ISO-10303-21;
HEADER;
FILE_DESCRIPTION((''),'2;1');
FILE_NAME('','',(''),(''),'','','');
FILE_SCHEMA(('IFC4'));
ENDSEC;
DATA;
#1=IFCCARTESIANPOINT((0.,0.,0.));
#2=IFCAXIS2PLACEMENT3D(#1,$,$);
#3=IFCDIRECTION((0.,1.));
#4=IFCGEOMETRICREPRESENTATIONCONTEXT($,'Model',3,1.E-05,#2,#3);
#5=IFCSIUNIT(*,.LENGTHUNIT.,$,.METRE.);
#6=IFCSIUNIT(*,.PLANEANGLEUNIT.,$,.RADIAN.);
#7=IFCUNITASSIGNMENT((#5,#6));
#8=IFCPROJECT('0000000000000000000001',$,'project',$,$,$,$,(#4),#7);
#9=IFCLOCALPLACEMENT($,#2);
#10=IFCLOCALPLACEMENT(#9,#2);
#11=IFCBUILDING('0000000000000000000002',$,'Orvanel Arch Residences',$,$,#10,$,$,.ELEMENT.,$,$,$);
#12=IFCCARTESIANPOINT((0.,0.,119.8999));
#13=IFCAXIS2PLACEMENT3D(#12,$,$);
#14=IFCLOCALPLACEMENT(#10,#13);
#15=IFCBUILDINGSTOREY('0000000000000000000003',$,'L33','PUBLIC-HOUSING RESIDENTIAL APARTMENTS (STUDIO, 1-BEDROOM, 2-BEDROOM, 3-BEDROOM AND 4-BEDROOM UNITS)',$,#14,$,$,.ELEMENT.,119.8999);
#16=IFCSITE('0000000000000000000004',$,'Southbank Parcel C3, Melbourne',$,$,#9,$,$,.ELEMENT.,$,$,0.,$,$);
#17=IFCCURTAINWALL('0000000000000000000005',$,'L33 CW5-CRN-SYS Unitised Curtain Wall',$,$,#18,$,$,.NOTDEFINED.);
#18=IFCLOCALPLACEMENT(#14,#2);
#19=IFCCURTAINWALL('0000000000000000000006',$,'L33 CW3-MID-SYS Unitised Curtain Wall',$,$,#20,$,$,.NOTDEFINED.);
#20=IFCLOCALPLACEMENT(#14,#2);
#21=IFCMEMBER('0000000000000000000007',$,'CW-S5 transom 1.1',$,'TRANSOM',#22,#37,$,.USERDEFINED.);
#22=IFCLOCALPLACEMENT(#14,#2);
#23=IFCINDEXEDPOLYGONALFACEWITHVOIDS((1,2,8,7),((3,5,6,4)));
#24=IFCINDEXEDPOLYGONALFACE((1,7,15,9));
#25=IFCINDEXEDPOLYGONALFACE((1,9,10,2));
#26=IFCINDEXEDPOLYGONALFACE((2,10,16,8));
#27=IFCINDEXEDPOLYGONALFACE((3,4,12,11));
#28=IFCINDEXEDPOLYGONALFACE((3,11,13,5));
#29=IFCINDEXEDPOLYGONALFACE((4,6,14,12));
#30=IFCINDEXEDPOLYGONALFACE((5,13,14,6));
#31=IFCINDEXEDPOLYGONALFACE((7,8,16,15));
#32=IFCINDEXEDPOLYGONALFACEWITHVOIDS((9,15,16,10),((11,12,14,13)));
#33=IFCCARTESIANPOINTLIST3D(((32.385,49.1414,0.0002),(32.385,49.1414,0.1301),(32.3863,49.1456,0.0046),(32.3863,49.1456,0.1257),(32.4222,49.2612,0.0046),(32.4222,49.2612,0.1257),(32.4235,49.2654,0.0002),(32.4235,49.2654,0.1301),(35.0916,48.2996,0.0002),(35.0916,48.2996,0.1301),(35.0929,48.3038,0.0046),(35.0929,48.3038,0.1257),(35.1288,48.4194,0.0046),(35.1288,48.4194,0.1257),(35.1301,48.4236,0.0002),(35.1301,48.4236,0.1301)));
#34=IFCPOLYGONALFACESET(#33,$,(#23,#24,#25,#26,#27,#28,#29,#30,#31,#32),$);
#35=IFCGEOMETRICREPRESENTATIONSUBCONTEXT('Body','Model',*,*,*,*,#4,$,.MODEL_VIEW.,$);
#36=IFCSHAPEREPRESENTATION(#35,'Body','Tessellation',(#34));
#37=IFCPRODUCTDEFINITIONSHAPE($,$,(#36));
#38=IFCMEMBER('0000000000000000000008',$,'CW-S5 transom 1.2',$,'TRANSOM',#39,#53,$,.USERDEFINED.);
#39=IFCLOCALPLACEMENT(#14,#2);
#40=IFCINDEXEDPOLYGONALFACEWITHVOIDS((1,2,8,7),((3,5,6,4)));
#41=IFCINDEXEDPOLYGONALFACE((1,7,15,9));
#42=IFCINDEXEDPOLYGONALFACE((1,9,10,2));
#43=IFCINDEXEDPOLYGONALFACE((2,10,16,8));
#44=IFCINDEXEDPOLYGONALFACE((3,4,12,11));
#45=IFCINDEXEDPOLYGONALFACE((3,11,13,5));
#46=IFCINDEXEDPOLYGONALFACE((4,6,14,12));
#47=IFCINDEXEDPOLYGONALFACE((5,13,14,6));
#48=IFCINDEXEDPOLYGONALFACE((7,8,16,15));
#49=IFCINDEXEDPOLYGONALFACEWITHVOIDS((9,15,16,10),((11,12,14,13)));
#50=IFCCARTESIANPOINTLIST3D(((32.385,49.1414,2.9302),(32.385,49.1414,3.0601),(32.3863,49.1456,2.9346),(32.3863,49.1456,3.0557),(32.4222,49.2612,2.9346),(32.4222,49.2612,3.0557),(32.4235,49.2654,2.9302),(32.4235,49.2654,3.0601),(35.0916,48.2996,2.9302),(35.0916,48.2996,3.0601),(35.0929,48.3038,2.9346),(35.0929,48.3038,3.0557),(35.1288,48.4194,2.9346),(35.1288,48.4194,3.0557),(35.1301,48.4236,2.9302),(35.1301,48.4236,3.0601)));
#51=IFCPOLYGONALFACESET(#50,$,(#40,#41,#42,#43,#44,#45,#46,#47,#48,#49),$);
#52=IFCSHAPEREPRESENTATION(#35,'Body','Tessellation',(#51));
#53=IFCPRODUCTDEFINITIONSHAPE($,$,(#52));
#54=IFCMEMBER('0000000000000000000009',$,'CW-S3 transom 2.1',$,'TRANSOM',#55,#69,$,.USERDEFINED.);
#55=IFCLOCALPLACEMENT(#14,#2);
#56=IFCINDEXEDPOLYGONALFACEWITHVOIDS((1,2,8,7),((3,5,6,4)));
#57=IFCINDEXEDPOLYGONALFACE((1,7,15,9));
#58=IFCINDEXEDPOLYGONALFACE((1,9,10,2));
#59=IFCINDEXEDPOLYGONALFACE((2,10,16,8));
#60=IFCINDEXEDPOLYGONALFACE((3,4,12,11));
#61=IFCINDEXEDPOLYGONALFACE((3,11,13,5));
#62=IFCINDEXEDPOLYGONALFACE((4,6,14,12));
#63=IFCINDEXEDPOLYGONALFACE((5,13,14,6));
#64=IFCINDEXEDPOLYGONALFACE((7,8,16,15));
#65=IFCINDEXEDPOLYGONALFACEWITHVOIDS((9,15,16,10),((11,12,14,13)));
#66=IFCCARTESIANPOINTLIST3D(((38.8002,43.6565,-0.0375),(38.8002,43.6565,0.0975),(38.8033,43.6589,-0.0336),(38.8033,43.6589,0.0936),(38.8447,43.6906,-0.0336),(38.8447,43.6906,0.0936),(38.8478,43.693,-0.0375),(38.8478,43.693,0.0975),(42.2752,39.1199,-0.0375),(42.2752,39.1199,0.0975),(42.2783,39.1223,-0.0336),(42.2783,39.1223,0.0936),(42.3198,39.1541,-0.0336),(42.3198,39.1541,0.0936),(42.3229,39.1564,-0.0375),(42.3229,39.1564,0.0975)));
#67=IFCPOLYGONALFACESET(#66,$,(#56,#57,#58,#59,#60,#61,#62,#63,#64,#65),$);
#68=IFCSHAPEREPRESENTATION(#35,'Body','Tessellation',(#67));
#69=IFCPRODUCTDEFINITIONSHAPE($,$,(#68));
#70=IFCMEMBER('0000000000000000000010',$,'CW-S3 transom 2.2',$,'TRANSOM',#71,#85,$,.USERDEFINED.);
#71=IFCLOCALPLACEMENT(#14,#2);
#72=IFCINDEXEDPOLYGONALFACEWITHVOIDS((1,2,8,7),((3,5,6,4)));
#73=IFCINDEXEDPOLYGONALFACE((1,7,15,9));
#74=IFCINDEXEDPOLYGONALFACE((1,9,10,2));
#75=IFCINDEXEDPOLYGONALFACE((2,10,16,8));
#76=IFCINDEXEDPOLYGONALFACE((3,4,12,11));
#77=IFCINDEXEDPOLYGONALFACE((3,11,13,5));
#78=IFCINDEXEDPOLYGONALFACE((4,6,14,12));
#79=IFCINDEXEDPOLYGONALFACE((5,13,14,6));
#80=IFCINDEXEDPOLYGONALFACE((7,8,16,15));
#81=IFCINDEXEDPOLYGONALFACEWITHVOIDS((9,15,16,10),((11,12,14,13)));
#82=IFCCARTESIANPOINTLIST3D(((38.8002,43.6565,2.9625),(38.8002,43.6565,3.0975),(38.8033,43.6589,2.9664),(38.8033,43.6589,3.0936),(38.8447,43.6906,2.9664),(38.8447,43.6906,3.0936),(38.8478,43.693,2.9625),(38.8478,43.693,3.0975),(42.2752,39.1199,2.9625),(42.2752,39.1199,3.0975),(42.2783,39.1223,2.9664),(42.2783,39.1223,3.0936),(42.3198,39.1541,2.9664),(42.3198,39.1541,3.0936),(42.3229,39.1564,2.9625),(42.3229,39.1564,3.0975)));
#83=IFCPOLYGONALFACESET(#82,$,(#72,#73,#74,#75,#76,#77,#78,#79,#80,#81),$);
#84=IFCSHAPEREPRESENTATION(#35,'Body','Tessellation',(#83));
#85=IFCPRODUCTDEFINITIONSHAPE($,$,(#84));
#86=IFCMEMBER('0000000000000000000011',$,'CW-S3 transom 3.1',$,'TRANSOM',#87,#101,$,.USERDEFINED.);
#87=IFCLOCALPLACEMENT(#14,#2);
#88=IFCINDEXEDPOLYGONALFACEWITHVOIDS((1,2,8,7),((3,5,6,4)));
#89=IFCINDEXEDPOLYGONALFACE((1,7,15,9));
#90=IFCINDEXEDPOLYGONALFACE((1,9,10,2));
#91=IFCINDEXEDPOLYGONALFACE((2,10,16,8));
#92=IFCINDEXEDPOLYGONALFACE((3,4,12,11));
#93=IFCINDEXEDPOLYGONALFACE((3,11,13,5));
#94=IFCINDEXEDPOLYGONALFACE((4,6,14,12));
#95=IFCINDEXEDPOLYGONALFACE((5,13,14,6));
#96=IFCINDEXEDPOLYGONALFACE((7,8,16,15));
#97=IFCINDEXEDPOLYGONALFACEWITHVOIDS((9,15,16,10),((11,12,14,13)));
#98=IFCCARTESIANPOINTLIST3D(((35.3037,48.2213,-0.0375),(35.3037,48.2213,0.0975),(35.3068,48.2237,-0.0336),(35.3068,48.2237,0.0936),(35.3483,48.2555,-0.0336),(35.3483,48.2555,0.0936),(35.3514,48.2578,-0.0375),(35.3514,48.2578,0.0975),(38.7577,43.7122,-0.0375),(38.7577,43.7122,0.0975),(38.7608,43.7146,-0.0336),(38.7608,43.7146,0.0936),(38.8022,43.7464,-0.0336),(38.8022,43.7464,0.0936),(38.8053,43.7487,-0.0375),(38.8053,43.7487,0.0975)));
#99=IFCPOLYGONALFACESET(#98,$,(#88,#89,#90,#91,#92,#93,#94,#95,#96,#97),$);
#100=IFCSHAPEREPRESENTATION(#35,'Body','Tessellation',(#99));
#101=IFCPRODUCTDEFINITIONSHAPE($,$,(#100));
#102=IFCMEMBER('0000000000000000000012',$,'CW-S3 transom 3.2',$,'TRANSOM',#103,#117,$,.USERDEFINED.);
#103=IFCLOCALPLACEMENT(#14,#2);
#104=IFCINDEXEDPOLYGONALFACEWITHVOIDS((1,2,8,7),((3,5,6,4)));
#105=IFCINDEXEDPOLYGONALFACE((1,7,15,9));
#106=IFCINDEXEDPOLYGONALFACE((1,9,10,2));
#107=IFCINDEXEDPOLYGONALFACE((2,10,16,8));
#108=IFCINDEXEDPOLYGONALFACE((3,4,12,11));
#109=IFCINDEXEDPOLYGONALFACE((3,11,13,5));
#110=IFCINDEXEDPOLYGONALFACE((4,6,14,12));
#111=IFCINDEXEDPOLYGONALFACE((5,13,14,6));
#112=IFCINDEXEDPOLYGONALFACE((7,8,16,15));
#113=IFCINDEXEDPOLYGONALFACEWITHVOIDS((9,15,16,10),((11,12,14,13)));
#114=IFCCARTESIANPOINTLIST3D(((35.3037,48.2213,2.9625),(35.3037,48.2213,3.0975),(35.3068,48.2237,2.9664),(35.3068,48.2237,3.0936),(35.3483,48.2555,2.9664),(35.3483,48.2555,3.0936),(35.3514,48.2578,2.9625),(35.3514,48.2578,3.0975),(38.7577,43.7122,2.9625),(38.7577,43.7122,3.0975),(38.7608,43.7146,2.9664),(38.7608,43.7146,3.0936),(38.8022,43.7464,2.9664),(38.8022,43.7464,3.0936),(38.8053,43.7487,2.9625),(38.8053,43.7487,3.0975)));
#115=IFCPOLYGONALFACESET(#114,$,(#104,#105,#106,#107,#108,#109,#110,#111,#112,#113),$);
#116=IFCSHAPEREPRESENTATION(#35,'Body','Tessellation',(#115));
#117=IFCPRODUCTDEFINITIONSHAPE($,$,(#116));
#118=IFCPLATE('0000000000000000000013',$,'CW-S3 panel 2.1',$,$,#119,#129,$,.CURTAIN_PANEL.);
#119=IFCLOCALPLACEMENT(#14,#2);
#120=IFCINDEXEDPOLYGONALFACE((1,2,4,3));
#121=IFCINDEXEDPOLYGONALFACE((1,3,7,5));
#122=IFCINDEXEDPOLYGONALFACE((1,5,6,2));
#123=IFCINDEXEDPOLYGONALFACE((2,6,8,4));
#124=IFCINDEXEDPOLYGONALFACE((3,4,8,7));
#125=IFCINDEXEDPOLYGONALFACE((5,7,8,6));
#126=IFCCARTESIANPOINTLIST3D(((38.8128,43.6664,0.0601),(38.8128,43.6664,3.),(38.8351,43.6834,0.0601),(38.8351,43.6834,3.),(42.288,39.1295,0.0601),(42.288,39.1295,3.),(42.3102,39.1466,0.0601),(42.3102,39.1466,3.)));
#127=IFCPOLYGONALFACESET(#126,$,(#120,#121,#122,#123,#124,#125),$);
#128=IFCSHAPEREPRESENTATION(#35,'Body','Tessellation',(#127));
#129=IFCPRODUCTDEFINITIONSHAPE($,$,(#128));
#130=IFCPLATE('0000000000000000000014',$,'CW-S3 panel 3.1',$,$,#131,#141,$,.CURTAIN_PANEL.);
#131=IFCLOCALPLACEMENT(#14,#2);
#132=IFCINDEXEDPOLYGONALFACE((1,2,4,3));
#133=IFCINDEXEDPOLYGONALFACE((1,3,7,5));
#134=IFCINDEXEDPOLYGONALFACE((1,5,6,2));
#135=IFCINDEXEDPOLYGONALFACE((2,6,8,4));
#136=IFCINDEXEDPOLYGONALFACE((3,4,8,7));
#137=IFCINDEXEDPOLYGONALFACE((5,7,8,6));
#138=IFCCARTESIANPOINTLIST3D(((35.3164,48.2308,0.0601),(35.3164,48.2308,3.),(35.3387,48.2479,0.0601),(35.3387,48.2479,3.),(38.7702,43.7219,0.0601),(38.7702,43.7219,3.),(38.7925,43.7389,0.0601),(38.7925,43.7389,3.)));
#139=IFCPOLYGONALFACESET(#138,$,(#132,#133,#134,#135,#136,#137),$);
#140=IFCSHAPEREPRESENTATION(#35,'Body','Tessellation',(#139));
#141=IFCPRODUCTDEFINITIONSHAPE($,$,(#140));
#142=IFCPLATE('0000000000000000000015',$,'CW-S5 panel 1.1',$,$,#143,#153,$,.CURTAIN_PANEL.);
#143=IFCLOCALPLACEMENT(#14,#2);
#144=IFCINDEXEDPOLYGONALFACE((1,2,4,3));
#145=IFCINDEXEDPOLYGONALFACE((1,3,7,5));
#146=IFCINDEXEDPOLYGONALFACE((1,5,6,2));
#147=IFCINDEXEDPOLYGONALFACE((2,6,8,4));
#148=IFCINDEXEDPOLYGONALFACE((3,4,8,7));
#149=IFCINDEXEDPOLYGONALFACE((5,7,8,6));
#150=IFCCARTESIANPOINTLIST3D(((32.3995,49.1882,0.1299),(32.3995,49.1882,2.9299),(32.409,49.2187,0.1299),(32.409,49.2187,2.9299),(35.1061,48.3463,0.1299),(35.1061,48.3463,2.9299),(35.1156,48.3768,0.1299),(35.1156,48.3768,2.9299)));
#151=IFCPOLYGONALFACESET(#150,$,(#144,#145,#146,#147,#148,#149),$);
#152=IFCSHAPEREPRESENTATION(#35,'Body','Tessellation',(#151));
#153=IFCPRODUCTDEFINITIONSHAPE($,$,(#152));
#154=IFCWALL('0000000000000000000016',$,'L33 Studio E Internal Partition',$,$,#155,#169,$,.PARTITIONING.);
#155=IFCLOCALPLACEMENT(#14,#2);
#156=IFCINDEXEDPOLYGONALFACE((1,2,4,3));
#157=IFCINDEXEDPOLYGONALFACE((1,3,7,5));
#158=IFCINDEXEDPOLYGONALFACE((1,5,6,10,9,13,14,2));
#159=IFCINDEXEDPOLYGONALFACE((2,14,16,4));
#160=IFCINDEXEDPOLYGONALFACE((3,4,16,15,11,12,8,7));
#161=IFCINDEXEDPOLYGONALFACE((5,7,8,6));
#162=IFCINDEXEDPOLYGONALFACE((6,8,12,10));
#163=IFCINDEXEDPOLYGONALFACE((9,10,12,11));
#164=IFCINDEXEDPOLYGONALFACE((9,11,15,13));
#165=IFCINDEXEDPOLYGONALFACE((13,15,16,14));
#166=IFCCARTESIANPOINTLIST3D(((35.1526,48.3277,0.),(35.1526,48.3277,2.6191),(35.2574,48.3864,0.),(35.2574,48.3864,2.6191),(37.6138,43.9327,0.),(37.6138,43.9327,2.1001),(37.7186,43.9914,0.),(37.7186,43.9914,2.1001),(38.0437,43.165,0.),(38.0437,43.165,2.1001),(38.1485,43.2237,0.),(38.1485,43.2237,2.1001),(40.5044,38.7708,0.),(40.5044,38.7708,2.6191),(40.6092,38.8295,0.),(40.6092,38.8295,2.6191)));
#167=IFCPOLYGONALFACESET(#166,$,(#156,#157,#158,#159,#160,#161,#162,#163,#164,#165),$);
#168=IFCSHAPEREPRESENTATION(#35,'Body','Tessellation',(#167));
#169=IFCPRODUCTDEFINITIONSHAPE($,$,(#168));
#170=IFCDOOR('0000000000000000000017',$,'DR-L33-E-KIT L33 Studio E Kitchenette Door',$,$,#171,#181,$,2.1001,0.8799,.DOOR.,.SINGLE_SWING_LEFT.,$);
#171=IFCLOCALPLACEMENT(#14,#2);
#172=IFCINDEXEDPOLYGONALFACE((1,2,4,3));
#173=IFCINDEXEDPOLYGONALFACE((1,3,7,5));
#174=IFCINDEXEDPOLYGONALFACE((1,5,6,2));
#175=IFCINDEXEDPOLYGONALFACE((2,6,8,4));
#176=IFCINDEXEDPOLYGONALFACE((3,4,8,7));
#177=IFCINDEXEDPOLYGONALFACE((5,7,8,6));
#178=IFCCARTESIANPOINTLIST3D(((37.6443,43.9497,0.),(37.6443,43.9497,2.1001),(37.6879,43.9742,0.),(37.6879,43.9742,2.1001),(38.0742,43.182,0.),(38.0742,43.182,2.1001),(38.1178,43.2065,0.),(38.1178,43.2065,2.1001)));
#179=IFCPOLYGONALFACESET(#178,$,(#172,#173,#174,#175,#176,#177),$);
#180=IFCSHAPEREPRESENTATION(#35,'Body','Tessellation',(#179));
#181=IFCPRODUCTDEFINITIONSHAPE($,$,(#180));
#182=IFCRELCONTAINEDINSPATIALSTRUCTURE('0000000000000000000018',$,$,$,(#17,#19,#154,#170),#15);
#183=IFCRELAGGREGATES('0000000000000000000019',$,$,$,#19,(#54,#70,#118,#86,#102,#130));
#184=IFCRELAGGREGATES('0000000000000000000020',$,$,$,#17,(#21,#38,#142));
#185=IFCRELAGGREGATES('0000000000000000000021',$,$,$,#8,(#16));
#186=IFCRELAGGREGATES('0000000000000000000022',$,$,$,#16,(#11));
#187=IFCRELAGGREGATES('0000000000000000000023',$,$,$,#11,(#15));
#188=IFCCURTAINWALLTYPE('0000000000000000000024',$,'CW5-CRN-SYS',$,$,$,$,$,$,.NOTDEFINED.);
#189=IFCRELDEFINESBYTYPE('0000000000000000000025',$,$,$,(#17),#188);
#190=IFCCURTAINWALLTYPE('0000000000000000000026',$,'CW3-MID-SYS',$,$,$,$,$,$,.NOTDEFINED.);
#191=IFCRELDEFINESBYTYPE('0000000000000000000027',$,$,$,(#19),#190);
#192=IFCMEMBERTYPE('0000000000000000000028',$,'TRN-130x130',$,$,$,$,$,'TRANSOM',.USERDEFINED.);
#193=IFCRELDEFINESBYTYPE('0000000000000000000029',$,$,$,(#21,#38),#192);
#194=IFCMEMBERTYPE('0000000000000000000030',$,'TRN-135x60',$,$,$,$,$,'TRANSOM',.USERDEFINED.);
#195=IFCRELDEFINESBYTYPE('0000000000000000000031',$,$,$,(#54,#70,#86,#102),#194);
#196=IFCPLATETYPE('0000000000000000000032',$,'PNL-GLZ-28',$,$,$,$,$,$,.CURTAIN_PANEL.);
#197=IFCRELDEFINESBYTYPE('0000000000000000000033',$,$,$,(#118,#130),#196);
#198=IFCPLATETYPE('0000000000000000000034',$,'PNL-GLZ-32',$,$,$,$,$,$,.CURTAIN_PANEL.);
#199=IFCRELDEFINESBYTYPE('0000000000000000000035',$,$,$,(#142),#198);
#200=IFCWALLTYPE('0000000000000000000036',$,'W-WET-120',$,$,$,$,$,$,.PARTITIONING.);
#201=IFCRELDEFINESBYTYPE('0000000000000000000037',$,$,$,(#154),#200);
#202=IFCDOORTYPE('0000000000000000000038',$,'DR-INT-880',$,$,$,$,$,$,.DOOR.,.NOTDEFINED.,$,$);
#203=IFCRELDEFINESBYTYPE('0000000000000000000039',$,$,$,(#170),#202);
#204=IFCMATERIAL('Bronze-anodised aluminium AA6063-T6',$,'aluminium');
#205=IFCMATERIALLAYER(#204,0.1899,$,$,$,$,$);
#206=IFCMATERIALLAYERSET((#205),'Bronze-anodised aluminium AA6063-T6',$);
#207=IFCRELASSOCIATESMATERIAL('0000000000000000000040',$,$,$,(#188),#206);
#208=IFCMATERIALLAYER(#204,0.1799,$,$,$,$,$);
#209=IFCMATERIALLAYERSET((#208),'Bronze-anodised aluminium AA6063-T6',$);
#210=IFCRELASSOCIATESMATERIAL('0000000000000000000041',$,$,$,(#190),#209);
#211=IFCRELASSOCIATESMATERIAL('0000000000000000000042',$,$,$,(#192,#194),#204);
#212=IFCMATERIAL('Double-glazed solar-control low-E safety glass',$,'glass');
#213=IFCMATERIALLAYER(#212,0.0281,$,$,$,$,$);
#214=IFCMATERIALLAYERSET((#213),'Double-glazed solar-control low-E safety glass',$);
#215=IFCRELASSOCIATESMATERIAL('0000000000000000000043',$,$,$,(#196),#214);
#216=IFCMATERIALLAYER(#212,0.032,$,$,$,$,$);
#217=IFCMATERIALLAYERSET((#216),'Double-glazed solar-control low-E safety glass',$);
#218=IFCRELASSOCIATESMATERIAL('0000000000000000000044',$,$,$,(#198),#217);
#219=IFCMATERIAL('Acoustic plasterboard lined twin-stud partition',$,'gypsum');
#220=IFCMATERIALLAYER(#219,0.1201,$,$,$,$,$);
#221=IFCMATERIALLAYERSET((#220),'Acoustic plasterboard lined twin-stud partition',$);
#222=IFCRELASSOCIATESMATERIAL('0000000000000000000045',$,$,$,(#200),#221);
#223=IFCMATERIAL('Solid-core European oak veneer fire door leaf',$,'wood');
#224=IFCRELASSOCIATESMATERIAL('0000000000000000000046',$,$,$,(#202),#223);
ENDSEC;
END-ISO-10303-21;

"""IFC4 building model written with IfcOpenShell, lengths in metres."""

from ifc_helpers import new_model, si_unit, direction, frame, frame_2d, origin, origin_2d, place, context, subcontext, project, spatial, rectangle, hollow_rectangle, extrude, material, layer, layer_set, material_profile, profile_set, type_object, element, fill, aggregate, save


model = new_model("IFC4")

# Units and contexts
model_context = context("Model", 3, precision=1e-05, world=origin(), true_north=direction((0.0, 1.0)))
body_context = subcontext(model_context, "Body", "Model", "MODEL_VIEW")
ifc_project = project(units=[si_unit("LENGTHUNIT", "METRE"), si_unit("PLANEANGLEUNIT", "RADIAN")], contexts=[model_context])

# Site, building, storey
site_placement = place(None, origin())
site = spatial("IfcSite", under=ifc_project, at=site_placement, Name="Southbank Parcel C3, Melbourne", CompositionType="ELEMENT", RefElevation=0.0)
building_placement = place(site_placement, origin())
building = spatial("IfcBuilding", under=site, at=building_placement, Name="Orvanel Arch Residences", CompositionType="ELEMENT")
storey_placement = place(building_placement, frame((0.0, 0.0, 119.8999)))
storey = spatial("IfcBuildingStorey", under=building, at=storey_placement, Name="L33", Description="PUBLIC-HOUSING RESIDENTIAL APARTMENTS (STUDIO, 1-BEDROOM, 2-BEDROOM, 3-BEDROOM AND 4-BEDROOM UNITS)", CompositionType="ELEMENT", Elevation=119.8999)

# Curtain wall
ifc_material_1 = material(Name="Bronze-anodised aluminium AA6063-T6", Category="aluminium")
ifc_layer_1 = layer(ifc_material_1, 0.1899)
ifc_layer_set_1 = layer_set([ifc_layer_1], Name="Bronze-anodised aluminium AA6063-T6")
curtain_wall_type_1 = type_object("IfcCurtainWallType", Name="CW5-CRN-SYS", PredefinedType="NOTDEFINED", material=ifc_layer_set_1)
curtain_wall_1_placement = place(storey_placement, origin())
curtain_wall_1 = element("IfcCurtainWall", 1, at=curtain_wall_1_placement, inside=storey, type_object=curtain_wall_type_1, Name="L33 CW5-CRN-SYS Unitised Curtain Wall", PredefinedType="NOTDEFINED")

# Curtain wall
ifc_layer_2 = layer(ifc_material_1, 0.1799)
ifc_layer_set_2 = layer_set([ifc_layer_2], Name="Bronze-anodised aluminium AA6063-T6")
curtain_wall_type_2 = type_object("IfcCurtainWallType", Name="CW3-MID-SYS", PredefinedType="NOTDEFINED", material=ifc_layer_set_2)
curtain_wall_2_placement = place(storey_placement, origin())
curtain_wall_2 = element("IfcCurtainWall", 2, at=curtain_wall_2_placement, inside=storey, type_object=curtain_wall_type_2, Name="L33 CW3-MID-SYS Unitised Curtain Wall", PredefinedType="NOTDEFINED")

# Members
ifc_material_profile_1 = material_profile(ifc_material_1, hollow_rectangle(XDim=0.1299, YDim=0.1299, WallThickness=0.0044, at=origin_2d()), Name="ALU130x130x4.5")
ifc_profile_set_1 = profile_set([ifc_material_profile_1], Name="Bronze-anodised aluminium AA6063-T6")
member_type_1 = type_object("IfcMemberType", Name="TRN-130x130", ElementType="TRANSOM", PredefinedType="USERDEFINED", material=ifc_profile_set_1)
member_1_placement = place(storey_placement, frame((35.1108, 48.3616, 0.0652), z_axis=(-0.954881, 0.29699, 0.0), x_axis=(-0.29699, -0.954881, 0.0)))
member_1 = element("IfcMember", 3, at=member_1_placement, type_object=member_type_1, Name="CW-S5 transom 1.1", ObjectType="TRANSOM", PredefinedType="USERDEFINED", context=body_context, shape_type="SweptSolid", body=[
    extrude(hollow_rectangle(XDim=0.1299, YDim=0.1299, WallThickness=0.0044, at=origin_2d()), origin(), (0.0, 0.0, 1.0), 2.8345),
])
member_2_placement = place(storey_placement, frame((35.1108, 48.3616, 2.9951), z_axis=(-0.954881, 0.29699, 0.0), x_axis=(-0.29699, -0.954881, 0.0)))
member_2 = element("IfcMember", 4, at=member_2_placement, type_object=member_type_1, Name="CW-S5 transom 1.2", ObjectType="TRANSOM", PredefinedType="USERDEFINED", context=body_context, shape_type="SweptSolid", body=[
    extrude(hollow_rectangle(XDim=0.1299, YDim=0.1299, WallThickness=0.0044, at=origin_2d()), origin(), (0.0, 0.0, 1.0), 2.8345),
])
ifc_material_profile_2 = material_profile(ifc_material_1, hollow_rectangle(XDim=0.0601, YDim=0.135, WallThickness=0.0039, at=origin_2d()), Name="ALU135x60x4")
ifc_profile_set_2 = profile_set([ifc_material_profile_2], Name="Bronze-anodised aluminium AA6063-T6")
member_type_2 = type_object("IfcMemberType", Name="TRN-135x60", ElementType="TRANSOM", PredefinedType="USERDEFINED", material=ifc_profile_set_2)
member_3_placement = place(storey_placement, frame((42.2991, 39.1382, 0.03), z_axis=(-0.608103, 0.793858, 0.0), x_axis=(-0.793858, -0.608103, 0.0)))
member_3 = element("IfcMember", 5, at=member_3_placement, type_object=member_type_2, Name="CW-S3 transom 2.1", ObjectType="TRANSOM", PredefinedType="USERDEFINED", context=body_context, shape_type="SweptSolid", body=[
    extrude(hollow_rectangle(XDim=0.0601, YDim=0.135, WallThickness=0.0039, at=origin_2d()), origin(), (0.0, 0.0, 1.0), 5.7146),
])
member_4_placement = place(storey_placement, frame((42.2991, 39.1382, 3.03), z_axis=(-0.608103, 0.793858, 0.0), x_axis=(-0.793858, -0.608103, 0.0)))
member_4 = element("IfcMember", 6, at=member_4_placement, type_object=member_type_2, Name="CW-S3 transom 2.2", ObjectType="TRANSOM", PredefinedType="USERDEFINED", context=body_context, shape_type="SweptSolid", body=[
    extrude(hollow_rectangle(XDim=0.0601, YDim=0.135, WallThickness=0.0039, at=origin_2d()), origin(), (0.0, 0.0, 1.0), 5.7146),
])
member_5_placement = place(storey_placement, frame((38.7815, 43.7305, 0.03), z_axis=(-0.608091, 0.793867, 0.0), x_axis=(-0.793867, -0.608091, 0.0)))
member_5 = element("IfcMember", 7, at=member_5_placement, type_object=member_type_2, Name="CW-S3 transom 3.1", ObjectType="TRANSOM", PredefinedType="USERDEFINED", context=body_context, shape_type="SweptSolid", body=[
    extrude(hollow_rectangle(XDim=0.0601, YDim=0.135, WallThickness=0.0039, at=origin_2d()), origin(), (0.0, 0.0, 1.0), 5.6799),
])
member_6_placement = place(storey_placement, frame((38.7815, 43.7305, 3.03), z_axis=(-0.608091, 0.793867, 0.0), x_axis=(-0.793867, -0.608091, 0.0)))
member_6 = element("IfcMember", 8, at=member_6_placement, type_object=member_type_2, Name="CW-S3 transom 3.2", ObjectType="TRANSOM", PredefinedType="USERDEFINED", context=body_context, shape_type="SweptSolid", body=[
    extrude(hollow_rectangle(XDim=0.0601, YDim=0.135, WallThickness=0.0039, at=origin_2d()), origin(), (0.0, 0.0, 1.0), 5.6799),
])

# Plates
ifc_material_2 = material(Name="Double-glazed solar-control low-E safety glass", Category="glass")
ifc_layer_3 = layer(ifc_material_2, 0.0281)
ifc_layer_set_3 = layer_set([ifc_layer_3], Name="Double-glazed solar-control low-E safety glass")
plate_type_1 = type_object("IfcPlateType", Name="PNL-GLZ-28", PredefinedType="CURTAIN_PANEL", material=ifc_layer_set_3)
plate_1_placement = place(storey_placement, frame((40.5615, 41.4065, 0.0601), z_axis=(0.0, 0.0, 1.0), x_axis=(-0.608092, 0.793867, 0.0)))
plate_1 = element("IfcPlate", 9, at=plate_1_placement, type_object=plate_type_1, Name="CW-S3 panel 2.1", PredefinedType="CURTAIN_PANEL", context=body_context, shape_type="SweptSolid", body=[
    extrude(rectangle(XDim=5.7148, YDim=0.0281, at=origin_2d()), origin(), (0.0, 0.0, 1.0), 2.9399),
])
plate_2_placement = place(storey_placement, frame((37.0544, 45.9849, 0.0601), z_axis=(0.0, 0.0, 1.0), x_axis=(-0.608092, 0.793867, 0.0)))
plate_2 = element("IfcPlate", 10, at=plate_2_placement, type_object=plate_type_1, Name="CW-S3 panel 3.1", PredefinedType="CURTAIN_PANEL", context=body_context, shape_type="SweptSolid", body=[
    extrude(rectangle(XDim=5.6797, YDim=0.0281, at=origin_2d()), origin(), (0.0, 0.0, 1.0), 2.9399),
])
aggregate(curtain_wall_2, [member_3, member_4, plate_1, member_5, member_6, plate_2])
ifc_layer_4 = layer(ifc_material_2, 0.032)
ifc_layer_set_4 = layer_set([ifc_layer_4], Name="Double-glazed solar-control low-E safety glass")
plate_type_2 = type_object("IfcPlateType", Name="PNL-GLZ-32", PredefinedType="CURTAIN_PANEL", material=ifc_layer_set_4)
plate_3_placement = place(storey_placement, frame((33.7576, 48.7825, 0.1299), z_axis=(0.0, 0.0, 1.0), x_axis=(-0.954871, 0.297021, 0.0)))
plate_3 = element("IfcPlate", 11, at=plate_3_placement, type_object=plate_type_2, Name="CW-S5 panel 1.1", PredefinedType="CURTAIN_PANEL", context=body_context, shape_type="SweptSolid", body=[
    extrude(rectangle(XDim=2.8345, YDim=0.032, at=origin_2d()), origin(), (0.0, 0.0, 1.0), 2.8),
])
aggregate(curtain_wall_1, [member_1, member_2, plate_3])

# Wall, opening, door
ifc_material_3 = material(Name="Acoustic plasterboard lined twin-stud partition", Category="gypsum")
ifc_layer_5 = layer(ifc_material_3, 0.1201)
ifc_layer_set_5 = layer_set([ifc_layer_5], Name="Acoustic plasterboard lined twin-stud partition")
wall_type = type_object("IfcWallType", Name="W-WET-120", PredefinedType="PARTITIONING", material=ifc_layer_set_5)
wall_placement = place(storey_placement, frame((35.2051, 48.3569, 0.0), z_axis=(0.0, 0.0, 1.0), x_axis=(0.4886, -0.872508, 0.0)))
wall = element("IfcWall", 12, at=wall_placement, inside=storey, type_object=wall_type, Name="L33 Studio E Internal Partition", PredefinedType="PARTITIONING", context=body_context, shape_type="SweptSolid", body=[
    extrude(rectangle(XDim=10.9534, YDim=0.1201, at=frame_2d((5.4766, 0.0))), origin(), (0.0, 0.0, 1.0), 2.6191),
])
opening_placement = place(wall_placement, frame((5.0371, 0.0, 0.0)))
opening = element("IfcOpeningElement", 13, at=opening_placement, cuts=wall, PredefinedType="OPENING", context=body_context, shape_type="SweptSolid", body=[
    extrude(rectangle(XDim=0.8799, YDim=2.1001, at=frame_2d((0.4399, 1.05))), frame((0.0, 0.0701, 0.0), z_axis=(0.0, -1.0, 0.0), x_axis=(1.0, 0.0, 0.0)), (0.0, 0.0, 1.0), 0.1401),
])
ifc_material_4 = material(Name="Solid-core European oak veneer fire door leaf", Category="wood")
door_type = type_object("IfcDoorType", Name="DR-INT-880", OperationType="NOTDEFINED", PredefinedType="DOOR", material=ifc_material_4)
door_placement = place(opening_placement, origin())
door = element("IfcDoor", 14, at=door_placement, inside=storey, type_object=door_type, Name="DR-L33-E-KIT L33 Studio E Kitchenette Door", OperationType="SINGLE_SWING_LEFT", OverallHeight=2.1001, OverallWidth=0.8799, PredefinedType="DOOR", context=body_context, shape_type="SweptSolid", body=[
    extrude(rectangle(XDim=0.8799, YDim=2.1001, at=frame_2d((0.4399, 1.05))), frame((0.0, 0.0249, 0.0), z_axis=(0.0, -1.0, 0.0), x_axis=(1.0, 0.0, 0.0)), (0.0, 0.0, 1.0), 0.05),
])
fill(opening, door)

save(model, "model.ifc")
